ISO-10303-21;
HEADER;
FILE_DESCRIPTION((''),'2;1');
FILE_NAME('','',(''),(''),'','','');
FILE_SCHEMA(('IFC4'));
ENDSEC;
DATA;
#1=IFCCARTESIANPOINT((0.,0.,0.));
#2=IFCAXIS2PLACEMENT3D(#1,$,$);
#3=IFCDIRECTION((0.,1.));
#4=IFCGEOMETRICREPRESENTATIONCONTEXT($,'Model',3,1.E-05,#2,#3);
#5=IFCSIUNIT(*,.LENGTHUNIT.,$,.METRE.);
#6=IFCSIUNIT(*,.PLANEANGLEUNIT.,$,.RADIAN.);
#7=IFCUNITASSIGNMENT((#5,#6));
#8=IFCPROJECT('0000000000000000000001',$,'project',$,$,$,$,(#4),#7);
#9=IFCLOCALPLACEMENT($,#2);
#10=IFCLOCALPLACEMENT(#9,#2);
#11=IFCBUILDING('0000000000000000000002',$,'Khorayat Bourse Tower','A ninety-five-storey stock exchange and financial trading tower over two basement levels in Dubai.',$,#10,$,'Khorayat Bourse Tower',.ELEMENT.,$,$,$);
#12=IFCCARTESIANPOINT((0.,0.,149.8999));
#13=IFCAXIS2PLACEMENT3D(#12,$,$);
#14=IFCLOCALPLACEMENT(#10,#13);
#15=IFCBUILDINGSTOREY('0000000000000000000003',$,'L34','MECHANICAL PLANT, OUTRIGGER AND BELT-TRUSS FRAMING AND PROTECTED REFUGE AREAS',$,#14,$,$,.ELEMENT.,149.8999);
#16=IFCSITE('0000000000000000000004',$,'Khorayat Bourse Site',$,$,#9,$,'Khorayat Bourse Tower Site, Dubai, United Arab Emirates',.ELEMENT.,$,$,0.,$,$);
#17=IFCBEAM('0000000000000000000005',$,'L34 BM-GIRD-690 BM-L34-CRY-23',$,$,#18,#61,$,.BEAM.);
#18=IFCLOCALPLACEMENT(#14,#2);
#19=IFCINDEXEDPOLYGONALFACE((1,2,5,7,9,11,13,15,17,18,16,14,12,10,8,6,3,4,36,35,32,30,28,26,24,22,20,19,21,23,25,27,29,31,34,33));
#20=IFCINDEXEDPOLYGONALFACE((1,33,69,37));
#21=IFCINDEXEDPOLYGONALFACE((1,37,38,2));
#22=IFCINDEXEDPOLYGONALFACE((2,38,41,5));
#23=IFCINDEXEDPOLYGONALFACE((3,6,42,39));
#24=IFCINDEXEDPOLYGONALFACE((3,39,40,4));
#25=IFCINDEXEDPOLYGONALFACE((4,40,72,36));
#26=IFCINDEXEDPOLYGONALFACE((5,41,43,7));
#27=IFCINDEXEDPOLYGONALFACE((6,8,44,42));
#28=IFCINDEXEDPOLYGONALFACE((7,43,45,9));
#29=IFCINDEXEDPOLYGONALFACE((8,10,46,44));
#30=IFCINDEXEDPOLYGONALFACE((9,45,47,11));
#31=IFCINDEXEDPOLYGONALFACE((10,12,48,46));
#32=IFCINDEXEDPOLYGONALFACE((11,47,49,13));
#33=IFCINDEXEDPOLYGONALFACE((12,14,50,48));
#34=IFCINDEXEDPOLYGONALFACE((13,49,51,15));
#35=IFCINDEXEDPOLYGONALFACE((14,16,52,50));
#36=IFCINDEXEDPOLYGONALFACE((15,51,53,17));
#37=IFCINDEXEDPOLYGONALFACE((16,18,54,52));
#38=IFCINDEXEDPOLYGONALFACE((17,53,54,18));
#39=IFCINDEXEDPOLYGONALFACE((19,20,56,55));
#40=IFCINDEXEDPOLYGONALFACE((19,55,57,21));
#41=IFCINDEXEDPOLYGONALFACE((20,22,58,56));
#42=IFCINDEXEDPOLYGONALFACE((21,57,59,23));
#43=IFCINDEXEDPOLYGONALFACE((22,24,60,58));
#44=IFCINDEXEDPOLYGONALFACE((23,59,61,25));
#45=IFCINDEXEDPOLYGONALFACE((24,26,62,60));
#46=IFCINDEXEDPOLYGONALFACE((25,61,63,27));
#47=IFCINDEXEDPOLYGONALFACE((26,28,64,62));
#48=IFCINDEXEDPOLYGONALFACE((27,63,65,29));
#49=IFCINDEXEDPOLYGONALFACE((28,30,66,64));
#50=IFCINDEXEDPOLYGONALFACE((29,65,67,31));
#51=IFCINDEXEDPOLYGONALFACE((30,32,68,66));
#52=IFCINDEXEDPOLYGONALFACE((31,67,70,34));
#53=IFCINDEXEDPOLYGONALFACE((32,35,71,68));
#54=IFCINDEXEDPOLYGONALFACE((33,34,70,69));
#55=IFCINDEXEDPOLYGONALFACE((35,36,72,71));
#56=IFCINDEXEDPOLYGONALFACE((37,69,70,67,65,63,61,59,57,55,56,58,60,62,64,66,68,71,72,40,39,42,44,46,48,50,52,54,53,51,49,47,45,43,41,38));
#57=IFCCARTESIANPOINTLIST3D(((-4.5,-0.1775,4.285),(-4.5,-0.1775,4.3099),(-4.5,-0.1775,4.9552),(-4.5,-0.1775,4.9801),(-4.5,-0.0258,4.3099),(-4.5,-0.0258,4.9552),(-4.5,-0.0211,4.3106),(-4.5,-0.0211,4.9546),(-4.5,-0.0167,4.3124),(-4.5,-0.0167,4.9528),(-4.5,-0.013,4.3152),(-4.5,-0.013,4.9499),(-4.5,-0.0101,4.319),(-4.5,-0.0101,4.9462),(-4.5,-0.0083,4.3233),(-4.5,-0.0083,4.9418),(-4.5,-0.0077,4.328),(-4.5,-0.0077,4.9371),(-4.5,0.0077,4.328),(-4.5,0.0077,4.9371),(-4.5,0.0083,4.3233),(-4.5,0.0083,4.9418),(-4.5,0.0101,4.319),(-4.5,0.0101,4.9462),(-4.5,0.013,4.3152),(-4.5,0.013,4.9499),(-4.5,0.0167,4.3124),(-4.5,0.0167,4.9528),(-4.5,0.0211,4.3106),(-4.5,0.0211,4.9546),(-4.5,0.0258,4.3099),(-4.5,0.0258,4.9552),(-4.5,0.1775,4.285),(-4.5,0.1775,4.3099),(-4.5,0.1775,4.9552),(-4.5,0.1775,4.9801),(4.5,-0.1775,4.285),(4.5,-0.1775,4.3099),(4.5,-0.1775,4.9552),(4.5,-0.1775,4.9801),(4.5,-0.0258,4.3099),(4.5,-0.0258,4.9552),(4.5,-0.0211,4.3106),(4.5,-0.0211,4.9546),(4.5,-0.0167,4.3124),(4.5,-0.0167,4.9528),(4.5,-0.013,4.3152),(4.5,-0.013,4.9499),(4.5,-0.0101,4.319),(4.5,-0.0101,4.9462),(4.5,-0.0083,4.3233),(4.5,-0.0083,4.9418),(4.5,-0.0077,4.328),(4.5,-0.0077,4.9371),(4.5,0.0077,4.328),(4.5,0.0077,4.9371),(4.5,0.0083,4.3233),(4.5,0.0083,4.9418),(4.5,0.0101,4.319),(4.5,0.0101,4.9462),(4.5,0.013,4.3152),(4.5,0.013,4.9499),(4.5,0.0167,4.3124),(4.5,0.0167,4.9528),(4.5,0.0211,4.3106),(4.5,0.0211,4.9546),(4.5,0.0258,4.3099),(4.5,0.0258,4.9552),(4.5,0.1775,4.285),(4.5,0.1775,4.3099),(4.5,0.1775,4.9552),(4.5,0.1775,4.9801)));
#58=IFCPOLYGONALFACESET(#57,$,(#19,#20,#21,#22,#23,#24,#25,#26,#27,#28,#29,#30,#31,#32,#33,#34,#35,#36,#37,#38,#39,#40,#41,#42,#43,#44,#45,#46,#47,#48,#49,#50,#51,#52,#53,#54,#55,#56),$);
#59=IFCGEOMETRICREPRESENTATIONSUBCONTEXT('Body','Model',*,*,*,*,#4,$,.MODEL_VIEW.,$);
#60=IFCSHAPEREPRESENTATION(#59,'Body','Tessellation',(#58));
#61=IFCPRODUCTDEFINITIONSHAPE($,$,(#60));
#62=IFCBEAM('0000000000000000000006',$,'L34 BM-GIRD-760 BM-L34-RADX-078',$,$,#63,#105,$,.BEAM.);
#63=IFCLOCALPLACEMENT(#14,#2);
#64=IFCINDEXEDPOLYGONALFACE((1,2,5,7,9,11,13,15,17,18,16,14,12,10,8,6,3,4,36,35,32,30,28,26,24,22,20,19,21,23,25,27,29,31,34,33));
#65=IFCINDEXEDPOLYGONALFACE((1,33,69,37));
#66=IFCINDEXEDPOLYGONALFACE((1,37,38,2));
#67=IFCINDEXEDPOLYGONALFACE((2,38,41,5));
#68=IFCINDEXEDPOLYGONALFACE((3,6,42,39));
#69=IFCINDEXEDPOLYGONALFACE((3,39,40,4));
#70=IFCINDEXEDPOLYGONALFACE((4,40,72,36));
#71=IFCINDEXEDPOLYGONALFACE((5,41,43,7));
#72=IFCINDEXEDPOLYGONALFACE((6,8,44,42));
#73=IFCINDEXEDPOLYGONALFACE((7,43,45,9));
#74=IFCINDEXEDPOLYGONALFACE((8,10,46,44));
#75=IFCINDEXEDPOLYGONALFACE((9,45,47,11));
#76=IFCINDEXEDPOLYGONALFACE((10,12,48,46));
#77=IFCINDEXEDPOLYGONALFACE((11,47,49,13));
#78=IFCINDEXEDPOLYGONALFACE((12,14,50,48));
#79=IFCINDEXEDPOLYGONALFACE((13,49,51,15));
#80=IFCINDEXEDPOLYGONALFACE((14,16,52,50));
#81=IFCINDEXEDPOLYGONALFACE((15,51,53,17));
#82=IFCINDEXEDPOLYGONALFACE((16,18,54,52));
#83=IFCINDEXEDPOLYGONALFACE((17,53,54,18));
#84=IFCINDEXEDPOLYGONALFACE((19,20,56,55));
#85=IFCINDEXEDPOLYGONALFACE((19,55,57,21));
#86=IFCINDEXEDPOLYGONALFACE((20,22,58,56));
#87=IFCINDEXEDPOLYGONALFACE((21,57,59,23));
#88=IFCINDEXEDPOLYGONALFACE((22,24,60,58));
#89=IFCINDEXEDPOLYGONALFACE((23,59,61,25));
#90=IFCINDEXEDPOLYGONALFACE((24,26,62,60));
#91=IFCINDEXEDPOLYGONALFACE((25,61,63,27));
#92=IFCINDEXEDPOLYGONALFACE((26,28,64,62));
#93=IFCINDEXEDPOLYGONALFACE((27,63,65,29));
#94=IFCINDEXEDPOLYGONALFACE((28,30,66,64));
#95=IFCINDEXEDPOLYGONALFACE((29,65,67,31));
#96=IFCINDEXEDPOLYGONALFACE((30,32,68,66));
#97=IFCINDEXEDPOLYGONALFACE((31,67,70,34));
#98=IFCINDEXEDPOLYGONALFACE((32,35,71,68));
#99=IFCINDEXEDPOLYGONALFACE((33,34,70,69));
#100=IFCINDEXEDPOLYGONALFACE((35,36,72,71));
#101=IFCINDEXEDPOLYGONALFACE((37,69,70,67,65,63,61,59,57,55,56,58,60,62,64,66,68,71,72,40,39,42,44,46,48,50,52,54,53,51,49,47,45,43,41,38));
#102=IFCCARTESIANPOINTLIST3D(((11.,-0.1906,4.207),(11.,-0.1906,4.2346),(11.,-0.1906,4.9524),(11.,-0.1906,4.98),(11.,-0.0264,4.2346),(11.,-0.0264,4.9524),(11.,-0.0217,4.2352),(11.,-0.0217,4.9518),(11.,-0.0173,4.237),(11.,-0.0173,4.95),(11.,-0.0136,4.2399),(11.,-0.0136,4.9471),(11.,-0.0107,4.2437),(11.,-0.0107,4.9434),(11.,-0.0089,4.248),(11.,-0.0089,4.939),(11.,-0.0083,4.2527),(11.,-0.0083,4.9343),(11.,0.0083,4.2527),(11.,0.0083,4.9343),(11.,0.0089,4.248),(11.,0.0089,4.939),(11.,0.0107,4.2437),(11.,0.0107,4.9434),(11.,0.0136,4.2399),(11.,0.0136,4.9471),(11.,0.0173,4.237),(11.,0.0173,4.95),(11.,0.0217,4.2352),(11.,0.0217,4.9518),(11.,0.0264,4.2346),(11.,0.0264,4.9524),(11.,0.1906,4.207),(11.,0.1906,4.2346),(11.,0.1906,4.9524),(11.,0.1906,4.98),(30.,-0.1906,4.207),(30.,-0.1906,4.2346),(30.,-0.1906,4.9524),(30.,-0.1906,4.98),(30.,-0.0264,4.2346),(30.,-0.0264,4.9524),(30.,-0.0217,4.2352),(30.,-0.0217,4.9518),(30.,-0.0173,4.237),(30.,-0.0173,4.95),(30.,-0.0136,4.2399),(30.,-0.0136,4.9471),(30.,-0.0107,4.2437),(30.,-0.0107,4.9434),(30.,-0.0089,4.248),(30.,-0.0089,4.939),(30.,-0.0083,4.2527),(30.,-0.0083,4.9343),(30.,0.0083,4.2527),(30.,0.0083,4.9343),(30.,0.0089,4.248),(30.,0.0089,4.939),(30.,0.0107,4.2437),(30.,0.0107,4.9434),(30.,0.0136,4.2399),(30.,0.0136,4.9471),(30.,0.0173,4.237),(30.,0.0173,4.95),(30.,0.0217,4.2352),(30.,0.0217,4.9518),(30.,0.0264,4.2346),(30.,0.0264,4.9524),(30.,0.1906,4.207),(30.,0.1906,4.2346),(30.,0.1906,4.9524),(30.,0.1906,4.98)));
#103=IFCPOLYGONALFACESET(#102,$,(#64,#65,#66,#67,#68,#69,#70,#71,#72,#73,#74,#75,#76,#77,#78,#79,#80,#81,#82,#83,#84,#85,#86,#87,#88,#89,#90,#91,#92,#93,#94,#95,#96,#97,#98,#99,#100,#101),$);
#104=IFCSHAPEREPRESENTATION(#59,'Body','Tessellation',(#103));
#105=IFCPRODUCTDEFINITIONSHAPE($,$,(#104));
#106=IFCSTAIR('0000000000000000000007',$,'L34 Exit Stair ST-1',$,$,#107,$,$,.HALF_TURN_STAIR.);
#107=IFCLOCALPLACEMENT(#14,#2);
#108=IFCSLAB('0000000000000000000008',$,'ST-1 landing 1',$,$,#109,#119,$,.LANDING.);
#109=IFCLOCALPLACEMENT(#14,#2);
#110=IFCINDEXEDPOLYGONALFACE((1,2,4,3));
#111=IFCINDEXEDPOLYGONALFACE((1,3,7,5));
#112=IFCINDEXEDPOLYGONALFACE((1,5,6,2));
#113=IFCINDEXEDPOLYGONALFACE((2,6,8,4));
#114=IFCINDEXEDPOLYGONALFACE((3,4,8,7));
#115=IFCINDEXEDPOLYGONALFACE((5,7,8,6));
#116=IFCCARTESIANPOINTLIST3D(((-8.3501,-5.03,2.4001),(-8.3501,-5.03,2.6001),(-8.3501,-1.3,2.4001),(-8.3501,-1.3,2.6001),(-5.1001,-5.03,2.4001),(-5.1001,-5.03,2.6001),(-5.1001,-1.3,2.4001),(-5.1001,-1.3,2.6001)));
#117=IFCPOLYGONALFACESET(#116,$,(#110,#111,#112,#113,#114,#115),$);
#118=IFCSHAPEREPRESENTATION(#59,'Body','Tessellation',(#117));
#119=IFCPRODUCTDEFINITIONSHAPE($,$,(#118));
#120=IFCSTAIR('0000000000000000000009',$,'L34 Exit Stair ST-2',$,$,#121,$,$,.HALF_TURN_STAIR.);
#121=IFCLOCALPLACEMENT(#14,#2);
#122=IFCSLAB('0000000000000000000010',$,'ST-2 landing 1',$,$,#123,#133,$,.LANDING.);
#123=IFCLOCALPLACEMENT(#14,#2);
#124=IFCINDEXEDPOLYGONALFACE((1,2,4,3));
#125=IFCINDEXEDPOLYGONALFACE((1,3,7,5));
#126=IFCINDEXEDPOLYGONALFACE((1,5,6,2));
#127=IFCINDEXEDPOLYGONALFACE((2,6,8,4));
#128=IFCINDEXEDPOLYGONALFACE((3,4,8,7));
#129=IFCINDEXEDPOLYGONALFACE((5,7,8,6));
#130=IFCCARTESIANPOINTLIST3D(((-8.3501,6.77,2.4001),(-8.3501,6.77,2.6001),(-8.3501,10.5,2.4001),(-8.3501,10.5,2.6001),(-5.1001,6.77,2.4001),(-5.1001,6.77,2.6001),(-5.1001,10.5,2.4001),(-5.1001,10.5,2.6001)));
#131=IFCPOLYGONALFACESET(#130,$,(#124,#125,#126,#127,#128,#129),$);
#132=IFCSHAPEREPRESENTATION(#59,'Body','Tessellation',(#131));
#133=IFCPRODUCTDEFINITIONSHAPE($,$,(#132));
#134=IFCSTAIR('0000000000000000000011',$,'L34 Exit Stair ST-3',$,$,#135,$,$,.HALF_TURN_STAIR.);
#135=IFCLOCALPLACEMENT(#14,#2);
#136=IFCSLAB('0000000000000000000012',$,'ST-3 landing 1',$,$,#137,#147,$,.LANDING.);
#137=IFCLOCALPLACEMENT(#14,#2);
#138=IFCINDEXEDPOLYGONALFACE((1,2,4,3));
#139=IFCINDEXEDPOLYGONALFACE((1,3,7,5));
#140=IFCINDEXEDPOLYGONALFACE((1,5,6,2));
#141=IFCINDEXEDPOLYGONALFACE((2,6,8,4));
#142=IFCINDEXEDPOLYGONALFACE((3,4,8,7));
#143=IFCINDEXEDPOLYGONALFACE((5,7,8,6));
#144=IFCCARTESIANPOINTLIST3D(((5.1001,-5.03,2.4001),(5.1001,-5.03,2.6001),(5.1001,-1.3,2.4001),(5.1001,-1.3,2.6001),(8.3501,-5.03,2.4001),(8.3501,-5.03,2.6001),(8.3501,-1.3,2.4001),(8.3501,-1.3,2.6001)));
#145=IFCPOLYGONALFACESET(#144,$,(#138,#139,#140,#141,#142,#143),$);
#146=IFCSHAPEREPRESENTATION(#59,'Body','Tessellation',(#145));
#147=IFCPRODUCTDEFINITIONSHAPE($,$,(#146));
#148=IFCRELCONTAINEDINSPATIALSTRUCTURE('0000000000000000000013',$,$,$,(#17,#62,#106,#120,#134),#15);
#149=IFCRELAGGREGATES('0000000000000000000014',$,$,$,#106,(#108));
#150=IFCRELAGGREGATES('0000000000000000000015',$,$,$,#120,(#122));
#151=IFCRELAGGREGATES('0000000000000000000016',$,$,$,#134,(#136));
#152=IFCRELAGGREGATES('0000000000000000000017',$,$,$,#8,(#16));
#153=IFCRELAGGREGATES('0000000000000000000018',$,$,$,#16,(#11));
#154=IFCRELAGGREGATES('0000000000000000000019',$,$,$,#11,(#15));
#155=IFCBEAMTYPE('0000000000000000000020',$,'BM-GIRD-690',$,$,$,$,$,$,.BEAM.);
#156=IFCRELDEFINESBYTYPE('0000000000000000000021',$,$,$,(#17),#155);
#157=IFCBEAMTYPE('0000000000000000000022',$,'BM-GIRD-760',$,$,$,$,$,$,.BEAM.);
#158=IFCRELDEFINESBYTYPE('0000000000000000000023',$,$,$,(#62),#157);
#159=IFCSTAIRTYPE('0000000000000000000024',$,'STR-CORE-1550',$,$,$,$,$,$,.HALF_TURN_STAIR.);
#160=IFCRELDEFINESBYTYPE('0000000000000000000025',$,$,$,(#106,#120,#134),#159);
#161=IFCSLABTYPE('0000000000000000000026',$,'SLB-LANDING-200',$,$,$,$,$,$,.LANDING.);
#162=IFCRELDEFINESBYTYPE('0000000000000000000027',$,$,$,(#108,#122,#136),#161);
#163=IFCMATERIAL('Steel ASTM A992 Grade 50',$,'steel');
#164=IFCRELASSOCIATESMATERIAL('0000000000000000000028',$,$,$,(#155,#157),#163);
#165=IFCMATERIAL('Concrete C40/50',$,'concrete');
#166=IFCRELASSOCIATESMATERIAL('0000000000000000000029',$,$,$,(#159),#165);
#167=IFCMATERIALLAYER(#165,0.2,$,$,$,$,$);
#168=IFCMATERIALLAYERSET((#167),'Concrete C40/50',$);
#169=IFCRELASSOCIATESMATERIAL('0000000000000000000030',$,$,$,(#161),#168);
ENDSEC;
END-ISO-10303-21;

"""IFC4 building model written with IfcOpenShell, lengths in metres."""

from ifc_helpers import new_model, si_unit, direction, frame, origin, origin_2d, place, context, subcontext, project, spatial, polyline, i_section, outline, extrude, source, transform, mapped, material, layer, layer_set, material_profile, profile_set, type_object, element, aggregate, save


model = new_model("IFC4")

# Units and contexts
model_context = context("Model", 3, precision=1e-05, world=origin(), true_north=direction((0.0, 1.0)))
body_context = subcontext(model_context, "Body", "Model", "MODEL_VIEW")
ifc_project = project(units=[si_unit("LENGTHUNIT", "METRE"), si_unit("PLANEANGLEUNIT", "RADIAN")], contexts=[model_context])

# Site, building, storey
site_placement = place(None, origin())
site = spatial("IfcSite", under=ifc_project, at=site_placement, Name="Khorayat Bourse Site", LongName="Khorayat Bourse Tower Site, Dubai, United Arab Emirates", CompositionType="ELEMENT", RefElevation=0.0)
building_placement = place(site_placement, origin())
building = spatial("IfcBuilding", under=site, at=building_placement, Name="Khorayat Bourse Tower", Description="A ninety-five-storey stock exchange and financial trading tower over two basement levels in Dubai.", LongName="Khorayat Bourse Tower", CompositionType="ELEMENT")
storey_placement = place(building_placement, frame((0.0, 0.0, 149.8999)))
storey = spatial("IfcBuildingStorey", under=building, at=storey_placement, Name="L34", Description="MECHANICAL PLANT, OUTRIGGER AND BELT-TRUSS FRAMING AND PROTECTED REFUGE AREAS", CompositionType="ELEMENT", Elevation=149.8999)

# Beams
ifc_material_1 = material(Name="Steel ASTM A992 Grade 50", Category="steel")
ifc_material_profile_1 = material_profile(ifc_material_1, i_section(OverallWidth=0.355, OverallDepth=0.6951, WebThickness=0.0154, FlangeThickness=0.0249, FilletRadius=0.0181, at=origin_2d()), Name="W690X217")
ifc_profile_set_1 = profile_set([ifc_material_profile_1], Name="Steel ASTM A992 Grade 50")
beam_type_1 = type_object("IfcBeamType", Name="BM-GIRD-690", PredefinedType="BEAM", material=ifc_profile_set_1)
shared_shape_1 = source(origin(), body_context, "Body", "SweptSolid", [
    extrude(i_section(OverallWidth=0.355, OverallDepth=0.6951, WebThickness=0.0154, FlangeThickness=0.0249, FilletRadius=0.0181, at=origin_2d()), origin(), (0.0, 0.0, 1.0), 9.0),
])
beam_1_placement = place(storey_placement, frame((-4.5, 0.0, 4.6326), z_axis=(1.0, 0.0, 0.0), x_axis=(0.0, 1.0, 0.0)))
element("IfcBeam", 1, at=beam_1_placement, inside=storey, type_object=beam_type_1, Name="L34 BM-GIRD-690 BM-L34-CRY-23", PredefinedType="BEAM", context=body_context, shape_type="MappedRepresentation", body=[
    mapped(shared_shape_1, transform((0.0, 0.0, 0.0), scale=1.0)),
])
ifc_material_profile_2 = material_profile(ifc_material_1, i_section(OverallWidth=0.3811, OverallDepth=0.7729, WebThickness=0.0166, FlangeThickness=0.0276, FilletRadius=0.0181, at=origin_2d()), Name="W760X257")
ifc_profile_set_2 = profile_set([ifc_material_profile_2], Name="Steel ASTM A992 Grade 50")
beam_type_2 = type_object("IfcBeamType", Name="BM-GIRD-760", PredefinedType="BEAM", material=ifc_profile_set_2)
shared_shape_2 = source(origin(), body_context, "Body", "SweptSolid", [
    extrude(i_section(OverallWidth=0.3811, OverallDepth=0.7729, WebThickness=0.0166, FlangeThickness=0.0276, FilletRadius=0.0181, at=origin_2d()), origin(), (0.0, 0.0, 1.0), 19.0),
])
beam_2_placement = place(storey_placement, frame((11.0, 0.0, 4.5935), z_axis=(1.0, 0.0, 0.0), x_axis=(0.0, 1.0, 0.0)))
element("IfcBeam", 2, at=beam_2_placement, inside=storey, type_object=beam_type_2, Name="L34 BM-GIRD-760 BM-L34-RADX-078", PredefinedType="BEAM", context=body_context, shape_type="MappedRepresentation", body=[
    mapped(shared_shape_2, transform((0.0, 0.0, 0.0), scale=1.0)),
])

# Stairs, slabs
ifc_material_2 = material(Name="Concrete C40/50", Category="concrete")
stair_type = type_object("IfcStairType", Name="STR-CORE-1550", PredefinedType="HALF_TURN_STAIR", material=ifc_material_2)
stair_1_placement = place(storey_placement, origin())
stair_1 = element("IfcStair", 3, at=stair_1_placement, inside=storey, type_object=stair_type, Name="L34 Exit Stair ST-1", PredefinedType="HALF_TURN_STAIR")
ifc_layer_1 = layer(ifc_material_2, 0.2)
ifc_layer_set_1 = layer_set([ifc_layer_1], Name="Concrete C40/50")
slab_type_1 = type_object("IfcSlabType", Name="SLB-LANDING-200", PredefinedType="LANDING", material=ifc_layer_set_1)
slab_1_placement = place(storey_placement, frame((0.0, 0.0, 2.4001)))
slab_1 = element("IfcSlab", 4, at=slab_1_placement, type_object=slab_type_1, Name="ST-1 landing 1", PredefinedType="LANDING", context=body_context, shape_type="SweptSolid", body=[
    extrude(outline(polyline([(-5.1001, -5.03), (-5.1001, -1.3), (-8.3501, -1.3), (-8.3501, -5.03), (-5.1001, -5.03)])), origin(), (0.0, 0.0, 1.0), 0.2),
])
aggregate(stair_1, [slab_1])
stair_2_placement = place(storey_placement, origin())
stair_2 = element("IfcStair", 5, at=stair_2_placement, inside=storey, type_object=stair_type, Name="L34 Exit Stair ST-2", PredefinedType="HALF_TURN_STAIR")
slab_2_placement = place(storey_placement, frame((0.0, 0.0, 2.4001)))
slab_2 = element("IfcSlab", 6, at=slab_2_placement, type_object=slab_type_1, Name="ST-2 landing 1", PredefinedType="LANDING", context=body_context, shape_type="SweptSolid", body=[
    extrude(outline(polyline([(-5.1001, 6.77), (-5.1001, 10.5), (-8.3501, 10.5), (-8.3501, 6.77), (-5.1001, 6.77)])), origin(), (0.0, 0.0, 1.0), 0.2),
])
aggregate(stair_2, [slab_2])
stair_3_placement = place(storey_placement, origin())
stair_3 = element("IfcStair", 7, at=stair_3_placement, inside=storey, type_object=stair_type, Name="L34 Exit Stair ST-3", PredefinedType="HALF_TURN_STAIR")
slab_3_placement = place(storey_placement, frame((0.0, 0.0, 2.4001)))
slab_3 = element("IfcSlab", 8, at=slab_3_placement, type_object=slab_type_1, Name="ST-3 landing 1", PredefinedType="LANDING", context=body_context, shape_type="SweptSolid", body=[
    extrude(outline(polyline([(8.3501, -5.03), (8.3501, -1.3), (5.1001, -1.3), (5.1001, -5.03), (8.3501, -5.03)])), origin(), (0.0, 0.0, 1.0), 0.2),
])
aggregate(stair_3, [slab_3])

save(model, "model.ifc")
